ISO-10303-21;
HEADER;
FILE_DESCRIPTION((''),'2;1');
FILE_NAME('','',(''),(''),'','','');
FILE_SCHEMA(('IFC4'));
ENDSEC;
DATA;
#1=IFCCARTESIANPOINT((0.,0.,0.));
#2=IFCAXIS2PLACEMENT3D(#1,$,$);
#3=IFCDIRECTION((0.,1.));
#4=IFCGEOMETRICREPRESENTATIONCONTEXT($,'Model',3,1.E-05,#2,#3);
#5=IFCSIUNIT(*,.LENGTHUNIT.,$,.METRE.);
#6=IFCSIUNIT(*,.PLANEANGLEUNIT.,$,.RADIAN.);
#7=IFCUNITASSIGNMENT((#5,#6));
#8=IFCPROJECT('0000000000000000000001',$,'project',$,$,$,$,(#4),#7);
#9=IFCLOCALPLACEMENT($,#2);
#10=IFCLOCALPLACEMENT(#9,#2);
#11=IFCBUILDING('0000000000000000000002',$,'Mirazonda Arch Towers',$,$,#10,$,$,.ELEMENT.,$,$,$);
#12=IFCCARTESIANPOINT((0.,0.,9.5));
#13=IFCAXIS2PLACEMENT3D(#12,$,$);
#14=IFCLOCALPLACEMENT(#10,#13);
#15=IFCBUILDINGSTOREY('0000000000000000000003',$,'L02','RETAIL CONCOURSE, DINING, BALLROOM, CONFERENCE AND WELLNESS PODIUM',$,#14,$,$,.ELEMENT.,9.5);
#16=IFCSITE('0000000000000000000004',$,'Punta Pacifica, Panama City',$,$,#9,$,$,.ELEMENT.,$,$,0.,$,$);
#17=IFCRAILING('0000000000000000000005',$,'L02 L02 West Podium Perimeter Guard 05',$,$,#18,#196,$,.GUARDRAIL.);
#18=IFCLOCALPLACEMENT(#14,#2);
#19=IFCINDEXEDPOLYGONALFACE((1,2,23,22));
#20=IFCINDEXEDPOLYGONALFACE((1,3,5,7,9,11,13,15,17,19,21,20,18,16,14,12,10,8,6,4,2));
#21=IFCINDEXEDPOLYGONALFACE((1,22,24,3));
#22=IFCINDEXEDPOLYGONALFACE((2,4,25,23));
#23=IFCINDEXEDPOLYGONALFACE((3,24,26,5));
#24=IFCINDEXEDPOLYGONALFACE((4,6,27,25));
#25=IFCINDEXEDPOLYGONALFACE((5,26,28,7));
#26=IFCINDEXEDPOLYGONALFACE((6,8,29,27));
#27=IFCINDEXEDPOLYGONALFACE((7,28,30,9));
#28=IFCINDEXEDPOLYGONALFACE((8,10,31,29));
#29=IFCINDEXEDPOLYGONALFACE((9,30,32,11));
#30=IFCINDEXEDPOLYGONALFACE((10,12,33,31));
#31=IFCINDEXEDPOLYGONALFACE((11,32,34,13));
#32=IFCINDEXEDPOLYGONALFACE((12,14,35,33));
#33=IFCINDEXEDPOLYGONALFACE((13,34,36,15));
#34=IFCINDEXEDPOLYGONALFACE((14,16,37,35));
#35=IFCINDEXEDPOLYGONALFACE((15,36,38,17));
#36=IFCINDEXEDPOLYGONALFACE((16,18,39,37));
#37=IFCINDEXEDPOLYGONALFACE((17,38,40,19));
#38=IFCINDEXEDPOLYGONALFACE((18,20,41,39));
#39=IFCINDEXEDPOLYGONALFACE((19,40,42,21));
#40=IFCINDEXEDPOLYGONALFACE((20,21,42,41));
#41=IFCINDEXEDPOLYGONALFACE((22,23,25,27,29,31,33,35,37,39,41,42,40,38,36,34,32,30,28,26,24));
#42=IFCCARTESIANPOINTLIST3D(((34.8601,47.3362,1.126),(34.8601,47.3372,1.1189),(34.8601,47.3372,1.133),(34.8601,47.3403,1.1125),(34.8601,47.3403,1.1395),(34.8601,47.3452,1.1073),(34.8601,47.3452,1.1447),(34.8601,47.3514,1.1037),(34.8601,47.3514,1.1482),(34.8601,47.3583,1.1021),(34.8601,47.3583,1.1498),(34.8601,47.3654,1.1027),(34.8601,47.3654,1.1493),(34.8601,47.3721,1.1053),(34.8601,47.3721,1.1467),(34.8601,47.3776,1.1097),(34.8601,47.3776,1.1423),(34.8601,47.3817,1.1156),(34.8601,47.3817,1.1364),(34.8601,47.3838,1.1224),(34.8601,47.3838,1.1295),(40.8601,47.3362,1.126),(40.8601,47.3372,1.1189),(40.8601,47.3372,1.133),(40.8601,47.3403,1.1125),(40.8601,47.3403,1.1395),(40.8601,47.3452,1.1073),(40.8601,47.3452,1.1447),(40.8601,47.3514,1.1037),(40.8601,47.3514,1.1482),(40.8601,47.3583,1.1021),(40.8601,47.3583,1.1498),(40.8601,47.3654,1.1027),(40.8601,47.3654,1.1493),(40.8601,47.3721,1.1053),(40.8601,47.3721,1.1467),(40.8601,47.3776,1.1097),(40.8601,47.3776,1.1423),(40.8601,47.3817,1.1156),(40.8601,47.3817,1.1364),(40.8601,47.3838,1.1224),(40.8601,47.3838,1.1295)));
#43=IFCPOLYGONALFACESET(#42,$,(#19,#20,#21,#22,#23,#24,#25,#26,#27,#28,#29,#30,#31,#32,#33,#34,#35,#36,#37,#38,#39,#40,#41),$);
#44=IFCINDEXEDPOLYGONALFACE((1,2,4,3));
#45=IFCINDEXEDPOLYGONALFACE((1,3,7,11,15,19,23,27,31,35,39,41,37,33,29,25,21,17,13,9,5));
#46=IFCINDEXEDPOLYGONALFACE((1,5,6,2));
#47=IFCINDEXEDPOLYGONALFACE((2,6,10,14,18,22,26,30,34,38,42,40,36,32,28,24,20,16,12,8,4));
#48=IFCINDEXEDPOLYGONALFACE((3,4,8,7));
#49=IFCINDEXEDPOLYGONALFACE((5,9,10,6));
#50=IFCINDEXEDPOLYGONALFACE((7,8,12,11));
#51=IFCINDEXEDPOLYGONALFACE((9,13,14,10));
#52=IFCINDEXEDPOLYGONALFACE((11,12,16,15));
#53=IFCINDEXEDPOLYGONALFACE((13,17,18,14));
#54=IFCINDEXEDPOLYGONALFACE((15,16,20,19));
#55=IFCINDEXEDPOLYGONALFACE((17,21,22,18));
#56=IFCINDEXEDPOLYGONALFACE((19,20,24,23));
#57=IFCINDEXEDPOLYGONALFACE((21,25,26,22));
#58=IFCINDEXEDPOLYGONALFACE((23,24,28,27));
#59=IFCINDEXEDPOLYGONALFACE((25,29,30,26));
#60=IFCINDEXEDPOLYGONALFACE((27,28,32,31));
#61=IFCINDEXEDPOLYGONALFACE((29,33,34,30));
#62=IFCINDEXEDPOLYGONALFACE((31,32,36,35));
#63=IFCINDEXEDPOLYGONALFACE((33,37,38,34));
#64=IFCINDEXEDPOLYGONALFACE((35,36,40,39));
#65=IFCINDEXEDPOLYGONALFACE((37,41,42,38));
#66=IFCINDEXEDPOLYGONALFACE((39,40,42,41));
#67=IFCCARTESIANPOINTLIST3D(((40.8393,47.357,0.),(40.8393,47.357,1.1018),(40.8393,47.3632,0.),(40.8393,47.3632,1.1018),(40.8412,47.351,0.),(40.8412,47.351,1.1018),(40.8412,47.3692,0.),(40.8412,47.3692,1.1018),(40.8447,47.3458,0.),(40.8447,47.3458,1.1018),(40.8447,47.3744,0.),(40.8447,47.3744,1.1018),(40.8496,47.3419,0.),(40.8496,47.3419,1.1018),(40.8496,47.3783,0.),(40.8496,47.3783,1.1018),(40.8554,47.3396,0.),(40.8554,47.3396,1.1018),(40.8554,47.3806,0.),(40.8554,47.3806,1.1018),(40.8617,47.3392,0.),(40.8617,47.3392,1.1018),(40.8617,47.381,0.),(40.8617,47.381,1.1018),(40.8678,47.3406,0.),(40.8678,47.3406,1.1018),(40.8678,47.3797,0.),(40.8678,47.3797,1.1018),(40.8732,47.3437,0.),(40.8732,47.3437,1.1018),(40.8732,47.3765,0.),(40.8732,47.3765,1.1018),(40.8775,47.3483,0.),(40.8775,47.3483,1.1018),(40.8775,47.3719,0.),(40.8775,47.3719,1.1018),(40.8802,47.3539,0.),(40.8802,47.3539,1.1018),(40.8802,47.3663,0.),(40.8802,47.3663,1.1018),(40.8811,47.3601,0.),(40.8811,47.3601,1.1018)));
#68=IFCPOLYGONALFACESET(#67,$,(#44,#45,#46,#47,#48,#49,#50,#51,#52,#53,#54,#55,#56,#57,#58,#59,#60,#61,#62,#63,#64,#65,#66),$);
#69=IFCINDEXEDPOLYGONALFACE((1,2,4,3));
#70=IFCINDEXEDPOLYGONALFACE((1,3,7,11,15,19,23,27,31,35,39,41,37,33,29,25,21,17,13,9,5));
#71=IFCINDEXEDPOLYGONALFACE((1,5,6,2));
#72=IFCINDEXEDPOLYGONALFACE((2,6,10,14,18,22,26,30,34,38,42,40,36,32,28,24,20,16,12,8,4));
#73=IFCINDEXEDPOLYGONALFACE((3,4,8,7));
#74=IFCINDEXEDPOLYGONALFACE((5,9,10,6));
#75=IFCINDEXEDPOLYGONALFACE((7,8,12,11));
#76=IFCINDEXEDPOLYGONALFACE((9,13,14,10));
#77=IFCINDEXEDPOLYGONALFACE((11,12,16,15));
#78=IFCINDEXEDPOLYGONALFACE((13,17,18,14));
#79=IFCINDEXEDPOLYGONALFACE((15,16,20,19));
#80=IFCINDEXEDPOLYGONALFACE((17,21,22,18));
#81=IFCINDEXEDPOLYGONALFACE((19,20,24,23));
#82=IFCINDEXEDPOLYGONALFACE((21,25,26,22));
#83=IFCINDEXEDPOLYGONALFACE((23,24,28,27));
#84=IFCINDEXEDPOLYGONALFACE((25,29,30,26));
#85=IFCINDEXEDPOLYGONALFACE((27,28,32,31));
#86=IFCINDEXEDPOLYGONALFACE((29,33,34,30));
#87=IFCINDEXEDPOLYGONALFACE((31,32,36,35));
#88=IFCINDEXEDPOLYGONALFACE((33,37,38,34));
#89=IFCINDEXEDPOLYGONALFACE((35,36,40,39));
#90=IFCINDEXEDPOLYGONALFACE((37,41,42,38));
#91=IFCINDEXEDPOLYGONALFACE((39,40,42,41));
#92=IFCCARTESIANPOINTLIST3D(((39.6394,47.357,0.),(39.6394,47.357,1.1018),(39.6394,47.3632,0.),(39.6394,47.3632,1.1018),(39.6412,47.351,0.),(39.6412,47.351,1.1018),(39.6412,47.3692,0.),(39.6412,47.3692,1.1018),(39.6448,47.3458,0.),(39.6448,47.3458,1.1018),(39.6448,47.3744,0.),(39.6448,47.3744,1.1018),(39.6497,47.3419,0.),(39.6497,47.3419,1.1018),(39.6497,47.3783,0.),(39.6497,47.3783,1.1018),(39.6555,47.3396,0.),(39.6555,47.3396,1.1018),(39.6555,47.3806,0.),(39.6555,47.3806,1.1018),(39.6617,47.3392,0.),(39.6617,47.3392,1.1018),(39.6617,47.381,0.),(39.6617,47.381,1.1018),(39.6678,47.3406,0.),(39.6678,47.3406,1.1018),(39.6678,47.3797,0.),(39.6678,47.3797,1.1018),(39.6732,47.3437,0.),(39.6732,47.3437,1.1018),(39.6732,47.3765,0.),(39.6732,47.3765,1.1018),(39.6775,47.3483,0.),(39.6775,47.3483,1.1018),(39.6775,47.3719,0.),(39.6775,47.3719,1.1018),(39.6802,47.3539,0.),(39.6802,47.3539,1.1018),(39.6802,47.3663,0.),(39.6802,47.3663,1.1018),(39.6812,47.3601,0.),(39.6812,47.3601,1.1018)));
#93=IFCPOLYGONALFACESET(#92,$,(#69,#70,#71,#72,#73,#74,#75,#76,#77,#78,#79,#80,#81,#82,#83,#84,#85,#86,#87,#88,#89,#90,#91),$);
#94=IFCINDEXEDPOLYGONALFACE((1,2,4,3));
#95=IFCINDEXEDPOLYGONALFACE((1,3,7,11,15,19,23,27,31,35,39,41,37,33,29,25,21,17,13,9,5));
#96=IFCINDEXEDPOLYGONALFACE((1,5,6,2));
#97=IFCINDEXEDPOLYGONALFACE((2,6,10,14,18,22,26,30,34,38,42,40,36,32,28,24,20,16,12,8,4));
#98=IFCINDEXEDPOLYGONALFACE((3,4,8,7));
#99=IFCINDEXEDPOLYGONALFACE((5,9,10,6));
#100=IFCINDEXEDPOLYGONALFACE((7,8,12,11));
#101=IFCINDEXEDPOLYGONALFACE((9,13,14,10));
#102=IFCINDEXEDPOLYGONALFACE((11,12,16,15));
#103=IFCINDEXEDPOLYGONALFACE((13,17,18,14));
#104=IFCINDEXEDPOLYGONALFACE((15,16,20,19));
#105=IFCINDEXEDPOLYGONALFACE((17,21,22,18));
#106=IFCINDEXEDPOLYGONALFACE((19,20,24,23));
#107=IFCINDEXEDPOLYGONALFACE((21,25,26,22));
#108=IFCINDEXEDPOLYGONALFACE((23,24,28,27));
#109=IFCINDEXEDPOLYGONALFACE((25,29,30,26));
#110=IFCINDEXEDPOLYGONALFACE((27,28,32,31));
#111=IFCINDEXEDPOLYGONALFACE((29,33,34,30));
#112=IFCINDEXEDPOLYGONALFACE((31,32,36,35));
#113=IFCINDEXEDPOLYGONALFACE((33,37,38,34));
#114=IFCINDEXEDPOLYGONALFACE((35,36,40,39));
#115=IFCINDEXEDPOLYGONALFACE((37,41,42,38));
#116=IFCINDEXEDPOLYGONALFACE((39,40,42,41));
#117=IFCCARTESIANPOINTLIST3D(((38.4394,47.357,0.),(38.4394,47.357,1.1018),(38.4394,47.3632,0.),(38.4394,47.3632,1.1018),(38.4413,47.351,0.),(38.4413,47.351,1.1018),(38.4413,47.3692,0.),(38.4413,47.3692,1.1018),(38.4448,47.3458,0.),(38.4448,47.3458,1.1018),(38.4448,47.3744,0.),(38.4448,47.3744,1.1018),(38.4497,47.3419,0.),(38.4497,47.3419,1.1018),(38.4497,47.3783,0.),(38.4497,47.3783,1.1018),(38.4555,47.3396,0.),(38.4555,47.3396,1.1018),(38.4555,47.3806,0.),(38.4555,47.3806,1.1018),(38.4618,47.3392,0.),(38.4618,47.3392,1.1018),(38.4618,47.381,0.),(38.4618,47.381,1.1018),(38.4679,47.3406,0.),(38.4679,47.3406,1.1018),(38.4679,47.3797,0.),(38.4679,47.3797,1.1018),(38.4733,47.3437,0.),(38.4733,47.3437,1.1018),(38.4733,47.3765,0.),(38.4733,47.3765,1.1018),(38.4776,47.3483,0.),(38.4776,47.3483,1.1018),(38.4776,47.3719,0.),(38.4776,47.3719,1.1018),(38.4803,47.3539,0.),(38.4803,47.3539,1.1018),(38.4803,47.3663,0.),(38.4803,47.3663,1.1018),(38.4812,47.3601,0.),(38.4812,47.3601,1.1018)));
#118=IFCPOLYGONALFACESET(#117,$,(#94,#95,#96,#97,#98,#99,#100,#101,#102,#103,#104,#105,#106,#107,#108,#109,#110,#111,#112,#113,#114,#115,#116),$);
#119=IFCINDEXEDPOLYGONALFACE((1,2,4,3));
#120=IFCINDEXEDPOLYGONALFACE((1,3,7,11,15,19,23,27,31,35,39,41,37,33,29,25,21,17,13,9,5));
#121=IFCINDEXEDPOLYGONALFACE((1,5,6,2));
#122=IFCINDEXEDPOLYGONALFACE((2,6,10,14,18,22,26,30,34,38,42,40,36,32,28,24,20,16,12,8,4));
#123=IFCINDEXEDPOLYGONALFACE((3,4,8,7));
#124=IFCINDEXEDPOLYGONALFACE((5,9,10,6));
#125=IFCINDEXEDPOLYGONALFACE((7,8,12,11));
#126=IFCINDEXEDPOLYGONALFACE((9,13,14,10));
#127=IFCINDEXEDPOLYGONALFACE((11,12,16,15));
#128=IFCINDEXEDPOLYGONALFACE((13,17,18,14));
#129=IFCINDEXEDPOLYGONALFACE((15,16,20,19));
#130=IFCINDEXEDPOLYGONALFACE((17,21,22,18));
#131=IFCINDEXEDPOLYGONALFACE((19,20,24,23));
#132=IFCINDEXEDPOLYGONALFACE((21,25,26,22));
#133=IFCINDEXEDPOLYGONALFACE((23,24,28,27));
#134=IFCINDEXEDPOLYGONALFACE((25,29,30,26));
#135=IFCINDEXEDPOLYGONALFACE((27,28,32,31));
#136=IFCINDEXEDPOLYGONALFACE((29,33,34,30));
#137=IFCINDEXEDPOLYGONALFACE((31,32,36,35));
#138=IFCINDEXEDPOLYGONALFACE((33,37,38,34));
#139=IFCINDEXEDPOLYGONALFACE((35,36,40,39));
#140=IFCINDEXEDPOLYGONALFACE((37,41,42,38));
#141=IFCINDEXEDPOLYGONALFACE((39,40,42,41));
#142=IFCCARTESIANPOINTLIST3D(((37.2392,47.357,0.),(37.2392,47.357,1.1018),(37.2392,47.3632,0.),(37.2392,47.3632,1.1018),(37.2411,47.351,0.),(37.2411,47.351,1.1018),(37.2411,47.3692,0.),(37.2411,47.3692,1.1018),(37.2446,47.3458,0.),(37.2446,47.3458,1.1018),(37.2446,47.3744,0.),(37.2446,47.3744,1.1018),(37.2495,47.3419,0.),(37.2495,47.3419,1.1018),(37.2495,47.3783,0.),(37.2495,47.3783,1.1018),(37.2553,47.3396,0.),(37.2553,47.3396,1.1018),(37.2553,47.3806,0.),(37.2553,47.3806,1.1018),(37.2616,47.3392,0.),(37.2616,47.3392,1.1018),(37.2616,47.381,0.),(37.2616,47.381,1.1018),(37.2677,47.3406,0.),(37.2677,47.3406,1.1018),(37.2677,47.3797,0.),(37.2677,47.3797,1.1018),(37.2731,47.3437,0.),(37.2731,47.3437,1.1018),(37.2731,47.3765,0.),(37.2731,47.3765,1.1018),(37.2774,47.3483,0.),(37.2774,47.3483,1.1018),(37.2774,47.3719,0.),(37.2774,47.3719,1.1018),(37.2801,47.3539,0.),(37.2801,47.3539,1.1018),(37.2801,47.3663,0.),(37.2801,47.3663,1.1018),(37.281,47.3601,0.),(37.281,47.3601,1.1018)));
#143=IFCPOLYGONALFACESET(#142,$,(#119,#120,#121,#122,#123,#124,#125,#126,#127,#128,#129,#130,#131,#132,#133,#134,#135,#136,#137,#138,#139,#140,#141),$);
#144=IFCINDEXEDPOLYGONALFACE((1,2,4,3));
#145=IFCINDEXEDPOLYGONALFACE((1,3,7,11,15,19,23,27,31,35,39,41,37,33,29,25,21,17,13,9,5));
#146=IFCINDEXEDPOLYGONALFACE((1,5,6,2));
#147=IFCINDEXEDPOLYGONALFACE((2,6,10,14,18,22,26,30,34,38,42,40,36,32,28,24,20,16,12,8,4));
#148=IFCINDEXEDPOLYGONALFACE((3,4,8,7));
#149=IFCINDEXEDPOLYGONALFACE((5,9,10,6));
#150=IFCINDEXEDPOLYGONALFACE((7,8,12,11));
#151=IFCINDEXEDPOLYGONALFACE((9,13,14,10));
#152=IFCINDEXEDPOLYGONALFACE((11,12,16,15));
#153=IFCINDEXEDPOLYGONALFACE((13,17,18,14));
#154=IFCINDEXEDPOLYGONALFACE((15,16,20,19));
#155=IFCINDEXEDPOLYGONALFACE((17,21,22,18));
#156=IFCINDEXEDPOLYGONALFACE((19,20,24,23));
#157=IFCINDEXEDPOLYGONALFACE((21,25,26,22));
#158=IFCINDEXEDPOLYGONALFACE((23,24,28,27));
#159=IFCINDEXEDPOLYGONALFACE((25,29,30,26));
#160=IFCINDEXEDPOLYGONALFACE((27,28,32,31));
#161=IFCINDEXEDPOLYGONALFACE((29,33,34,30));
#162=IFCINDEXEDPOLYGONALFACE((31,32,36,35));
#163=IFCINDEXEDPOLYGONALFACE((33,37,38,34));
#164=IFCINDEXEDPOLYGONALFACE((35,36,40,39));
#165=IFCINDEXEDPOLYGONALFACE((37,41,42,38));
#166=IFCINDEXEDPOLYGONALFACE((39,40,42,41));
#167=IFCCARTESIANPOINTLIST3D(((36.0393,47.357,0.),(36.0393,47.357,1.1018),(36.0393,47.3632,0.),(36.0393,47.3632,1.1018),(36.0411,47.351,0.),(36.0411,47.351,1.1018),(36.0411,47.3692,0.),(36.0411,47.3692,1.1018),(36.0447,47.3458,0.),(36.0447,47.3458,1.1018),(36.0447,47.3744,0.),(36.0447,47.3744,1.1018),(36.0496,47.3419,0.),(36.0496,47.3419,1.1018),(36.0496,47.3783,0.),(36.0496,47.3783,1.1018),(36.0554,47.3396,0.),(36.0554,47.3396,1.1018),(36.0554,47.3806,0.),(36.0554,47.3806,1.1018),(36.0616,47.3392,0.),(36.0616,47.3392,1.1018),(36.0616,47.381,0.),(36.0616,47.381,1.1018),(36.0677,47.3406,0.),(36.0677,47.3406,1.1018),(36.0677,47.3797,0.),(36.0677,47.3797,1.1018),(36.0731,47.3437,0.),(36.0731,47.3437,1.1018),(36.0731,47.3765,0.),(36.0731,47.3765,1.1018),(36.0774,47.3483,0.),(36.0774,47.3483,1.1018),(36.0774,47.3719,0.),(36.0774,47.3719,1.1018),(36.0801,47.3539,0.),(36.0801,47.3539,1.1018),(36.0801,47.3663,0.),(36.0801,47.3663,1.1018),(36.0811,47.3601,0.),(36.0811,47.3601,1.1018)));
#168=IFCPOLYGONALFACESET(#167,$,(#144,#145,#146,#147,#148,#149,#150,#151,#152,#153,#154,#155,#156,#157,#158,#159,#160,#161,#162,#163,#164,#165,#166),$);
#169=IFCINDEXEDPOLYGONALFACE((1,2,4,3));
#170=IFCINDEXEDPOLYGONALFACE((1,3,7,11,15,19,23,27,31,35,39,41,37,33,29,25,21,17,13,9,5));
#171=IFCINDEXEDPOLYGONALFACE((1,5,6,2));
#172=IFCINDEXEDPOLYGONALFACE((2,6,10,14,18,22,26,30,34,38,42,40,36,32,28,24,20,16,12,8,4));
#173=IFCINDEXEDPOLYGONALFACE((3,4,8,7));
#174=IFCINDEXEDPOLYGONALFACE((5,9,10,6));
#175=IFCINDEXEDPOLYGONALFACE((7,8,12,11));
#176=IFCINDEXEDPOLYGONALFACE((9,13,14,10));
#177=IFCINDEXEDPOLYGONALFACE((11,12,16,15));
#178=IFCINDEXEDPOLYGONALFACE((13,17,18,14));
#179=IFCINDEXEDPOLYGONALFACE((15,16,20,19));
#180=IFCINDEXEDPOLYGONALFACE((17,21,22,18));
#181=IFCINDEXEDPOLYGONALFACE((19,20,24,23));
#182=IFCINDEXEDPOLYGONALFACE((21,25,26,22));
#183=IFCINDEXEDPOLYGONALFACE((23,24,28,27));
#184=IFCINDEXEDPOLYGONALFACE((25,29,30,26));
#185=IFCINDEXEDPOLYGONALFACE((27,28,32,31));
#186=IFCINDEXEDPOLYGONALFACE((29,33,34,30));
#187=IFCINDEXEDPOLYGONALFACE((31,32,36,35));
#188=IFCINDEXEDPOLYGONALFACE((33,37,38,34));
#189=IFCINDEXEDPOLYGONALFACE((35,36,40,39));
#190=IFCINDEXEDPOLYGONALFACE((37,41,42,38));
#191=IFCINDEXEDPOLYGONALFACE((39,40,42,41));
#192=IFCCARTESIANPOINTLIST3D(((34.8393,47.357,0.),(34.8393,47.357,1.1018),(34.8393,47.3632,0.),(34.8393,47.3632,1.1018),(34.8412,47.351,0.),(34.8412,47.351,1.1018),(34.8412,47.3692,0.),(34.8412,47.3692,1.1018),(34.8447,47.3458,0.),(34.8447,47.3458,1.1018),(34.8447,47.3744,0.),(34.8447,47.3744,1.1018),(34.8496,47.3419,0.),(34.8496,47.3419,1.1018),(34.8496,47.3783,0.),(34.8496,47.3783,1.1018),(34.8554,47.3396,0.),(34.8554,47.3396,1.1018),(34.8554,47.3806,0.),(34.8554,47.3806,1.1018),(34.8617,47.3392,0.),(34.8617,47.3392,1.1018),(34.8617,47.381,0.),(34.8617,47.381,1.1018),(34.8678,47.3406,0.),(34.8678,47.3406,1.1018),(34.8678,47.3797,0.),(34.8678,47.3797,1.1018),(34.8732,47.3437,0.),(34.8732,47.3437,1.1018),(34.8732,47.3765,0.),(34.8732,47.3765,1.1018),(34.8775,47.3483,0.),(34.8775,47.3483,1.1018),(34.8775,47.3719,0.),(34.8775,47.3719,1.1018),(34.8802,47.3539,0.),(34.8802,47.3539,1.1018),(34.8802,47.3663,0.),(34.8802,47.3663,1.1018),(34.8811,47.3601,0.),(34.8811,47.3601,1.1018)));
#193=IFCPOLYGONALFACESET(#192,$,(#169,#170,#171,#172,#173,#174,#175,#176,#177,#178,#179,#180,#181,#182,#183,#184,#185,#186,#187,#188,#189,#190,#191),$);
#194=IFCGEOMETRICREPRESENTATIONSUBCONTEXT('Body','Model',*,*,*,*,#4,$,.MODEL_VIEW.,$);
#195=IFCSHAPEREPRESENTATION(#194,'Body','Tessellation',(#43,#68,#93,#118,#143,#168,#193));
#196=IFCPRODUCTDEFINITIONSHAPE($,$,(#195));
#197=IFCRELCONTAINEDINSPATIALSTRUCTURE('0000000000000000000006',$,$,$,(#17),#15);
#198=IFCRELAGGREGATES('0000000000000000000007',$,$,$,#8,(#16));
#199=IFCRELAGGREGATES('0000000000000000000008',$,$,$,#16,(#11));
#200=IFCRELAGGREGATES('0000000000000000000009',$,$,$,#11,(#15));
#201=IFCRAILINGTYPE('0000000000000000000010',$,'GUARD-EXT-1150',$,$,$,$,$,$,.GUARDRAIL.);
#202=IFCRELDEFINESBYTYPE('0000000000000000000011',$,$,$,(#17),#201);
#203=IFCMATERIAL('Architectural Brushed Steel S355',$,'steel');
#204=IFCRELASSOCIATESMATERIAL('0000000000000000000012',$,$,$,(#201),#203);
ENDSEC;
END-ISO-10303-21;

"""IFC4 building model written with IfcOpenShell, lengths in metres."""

from ifc_helpers import new_model, si_unit, direction, frame, origin, origin_2d, place, context, subcontext, project, spatial, circle, extrude, material, type_object, element, save


model = new_model("IFC4")

# Units and contexts
model_context = context("Model", 3, precision=1e-05, world=origin(), true_north=direction((0.0, 1.0)))
body_context = subcontext(model_context, "Body", "Model", "MODEL_VIEW")
ifc_project = project(units=[si_unit("LENGTHUNIT", "METRE"), si_unit("PLANEANGLEUNIT", "RADIAN")], contexts=[model_context])

# Site, building, storey
site_placement = place(None, origin())
site = spatial("IfcSite", under=ifc_project, at=site_placement, Name="Punta Pacifica, Panama City", CompositionType="ELEMENT", RefElevation=0.0)
building_placement = place(site_placement, origin())
building = spatial("IfcBuilding", under=site, at=building_placement, Name="Mirazonda Arch Towers", CompositionType="ELEMENT")
storey_placement = place(building_placement, frame((0.0, 0.0, 9.5)))
storey = spatial("IfcBuildingStorey", under=building, at=storey_placement, Name="L02", Description="RETAIL CONCOURSE, DINING, BALLROOM, CONFERENCE AND WELLNESS PODIUM", CompositionType="ELEMENT", Elevation=9.5)

# Railing
ifc_material_1 = material(Name="Architectural Brushed Steel S355", Category="steel")
railing_type = type_object("IfcRailingType", Name="GUARD-EXT-1150", PredefinedType="GUARDRAIL", material=ifc_material_1)
railing_1_placement = place(storey_placement, frame((40.8601, 47.3601, 0.0)))
element("IfcRailing", 1, at=railing_1_placement, inside=storey, type_object=railing_type, Name="L02 L02 West Podium Perimeter Guard 05", PredefinedType="GUARDRAIL", context=body_context, shape_type="SweptSolid", body=[
    extrude(circle(Radius=0.0239, at=origin_2d()), frame((0.0, 0.0, 1.126), z_axis=(-1.0, 0.0, 0.0), x_axis=(0.0, -1.0, 0.0)), (0.0, 0.0, 1.0), 6.0),
    extrude(circle(Radius=0.021, at=origin_2d()), origin(), (0.0, 0.0, 1.0), 1.1018),
    extrude(circle(Radius=0.021, at=origin_2d()), frame((-1.2, 0.0, 0.0)), (0.0, 0.0, 1.0), 1.1018),
    extrude(circle(Radius=0.021, at=origin_2d()), frame((-2.3999, 0.0, 0.0)), (0.0, 0.0, 1.0), 1.1018),
    extrude(circle(Radius=0.021, at=origin_2d()), frame((-3.6001, 0.0, 0.0)), (0.0, 0.0, 1.0), 1.1018),
    extrude(circle(Radius=0.021, at=origin_2d()), frame((-4.8, 0.0, 0.0)), (0.0, 0.0, 1.0), 1.1018),
    extrude(circle(Radius=0.021, at=origin_2d()), frame((-6.0, 0.0, 0.0)), (0.0, 0.0, 1.0), 1.1018),
])

save(model, "model.ifc")
